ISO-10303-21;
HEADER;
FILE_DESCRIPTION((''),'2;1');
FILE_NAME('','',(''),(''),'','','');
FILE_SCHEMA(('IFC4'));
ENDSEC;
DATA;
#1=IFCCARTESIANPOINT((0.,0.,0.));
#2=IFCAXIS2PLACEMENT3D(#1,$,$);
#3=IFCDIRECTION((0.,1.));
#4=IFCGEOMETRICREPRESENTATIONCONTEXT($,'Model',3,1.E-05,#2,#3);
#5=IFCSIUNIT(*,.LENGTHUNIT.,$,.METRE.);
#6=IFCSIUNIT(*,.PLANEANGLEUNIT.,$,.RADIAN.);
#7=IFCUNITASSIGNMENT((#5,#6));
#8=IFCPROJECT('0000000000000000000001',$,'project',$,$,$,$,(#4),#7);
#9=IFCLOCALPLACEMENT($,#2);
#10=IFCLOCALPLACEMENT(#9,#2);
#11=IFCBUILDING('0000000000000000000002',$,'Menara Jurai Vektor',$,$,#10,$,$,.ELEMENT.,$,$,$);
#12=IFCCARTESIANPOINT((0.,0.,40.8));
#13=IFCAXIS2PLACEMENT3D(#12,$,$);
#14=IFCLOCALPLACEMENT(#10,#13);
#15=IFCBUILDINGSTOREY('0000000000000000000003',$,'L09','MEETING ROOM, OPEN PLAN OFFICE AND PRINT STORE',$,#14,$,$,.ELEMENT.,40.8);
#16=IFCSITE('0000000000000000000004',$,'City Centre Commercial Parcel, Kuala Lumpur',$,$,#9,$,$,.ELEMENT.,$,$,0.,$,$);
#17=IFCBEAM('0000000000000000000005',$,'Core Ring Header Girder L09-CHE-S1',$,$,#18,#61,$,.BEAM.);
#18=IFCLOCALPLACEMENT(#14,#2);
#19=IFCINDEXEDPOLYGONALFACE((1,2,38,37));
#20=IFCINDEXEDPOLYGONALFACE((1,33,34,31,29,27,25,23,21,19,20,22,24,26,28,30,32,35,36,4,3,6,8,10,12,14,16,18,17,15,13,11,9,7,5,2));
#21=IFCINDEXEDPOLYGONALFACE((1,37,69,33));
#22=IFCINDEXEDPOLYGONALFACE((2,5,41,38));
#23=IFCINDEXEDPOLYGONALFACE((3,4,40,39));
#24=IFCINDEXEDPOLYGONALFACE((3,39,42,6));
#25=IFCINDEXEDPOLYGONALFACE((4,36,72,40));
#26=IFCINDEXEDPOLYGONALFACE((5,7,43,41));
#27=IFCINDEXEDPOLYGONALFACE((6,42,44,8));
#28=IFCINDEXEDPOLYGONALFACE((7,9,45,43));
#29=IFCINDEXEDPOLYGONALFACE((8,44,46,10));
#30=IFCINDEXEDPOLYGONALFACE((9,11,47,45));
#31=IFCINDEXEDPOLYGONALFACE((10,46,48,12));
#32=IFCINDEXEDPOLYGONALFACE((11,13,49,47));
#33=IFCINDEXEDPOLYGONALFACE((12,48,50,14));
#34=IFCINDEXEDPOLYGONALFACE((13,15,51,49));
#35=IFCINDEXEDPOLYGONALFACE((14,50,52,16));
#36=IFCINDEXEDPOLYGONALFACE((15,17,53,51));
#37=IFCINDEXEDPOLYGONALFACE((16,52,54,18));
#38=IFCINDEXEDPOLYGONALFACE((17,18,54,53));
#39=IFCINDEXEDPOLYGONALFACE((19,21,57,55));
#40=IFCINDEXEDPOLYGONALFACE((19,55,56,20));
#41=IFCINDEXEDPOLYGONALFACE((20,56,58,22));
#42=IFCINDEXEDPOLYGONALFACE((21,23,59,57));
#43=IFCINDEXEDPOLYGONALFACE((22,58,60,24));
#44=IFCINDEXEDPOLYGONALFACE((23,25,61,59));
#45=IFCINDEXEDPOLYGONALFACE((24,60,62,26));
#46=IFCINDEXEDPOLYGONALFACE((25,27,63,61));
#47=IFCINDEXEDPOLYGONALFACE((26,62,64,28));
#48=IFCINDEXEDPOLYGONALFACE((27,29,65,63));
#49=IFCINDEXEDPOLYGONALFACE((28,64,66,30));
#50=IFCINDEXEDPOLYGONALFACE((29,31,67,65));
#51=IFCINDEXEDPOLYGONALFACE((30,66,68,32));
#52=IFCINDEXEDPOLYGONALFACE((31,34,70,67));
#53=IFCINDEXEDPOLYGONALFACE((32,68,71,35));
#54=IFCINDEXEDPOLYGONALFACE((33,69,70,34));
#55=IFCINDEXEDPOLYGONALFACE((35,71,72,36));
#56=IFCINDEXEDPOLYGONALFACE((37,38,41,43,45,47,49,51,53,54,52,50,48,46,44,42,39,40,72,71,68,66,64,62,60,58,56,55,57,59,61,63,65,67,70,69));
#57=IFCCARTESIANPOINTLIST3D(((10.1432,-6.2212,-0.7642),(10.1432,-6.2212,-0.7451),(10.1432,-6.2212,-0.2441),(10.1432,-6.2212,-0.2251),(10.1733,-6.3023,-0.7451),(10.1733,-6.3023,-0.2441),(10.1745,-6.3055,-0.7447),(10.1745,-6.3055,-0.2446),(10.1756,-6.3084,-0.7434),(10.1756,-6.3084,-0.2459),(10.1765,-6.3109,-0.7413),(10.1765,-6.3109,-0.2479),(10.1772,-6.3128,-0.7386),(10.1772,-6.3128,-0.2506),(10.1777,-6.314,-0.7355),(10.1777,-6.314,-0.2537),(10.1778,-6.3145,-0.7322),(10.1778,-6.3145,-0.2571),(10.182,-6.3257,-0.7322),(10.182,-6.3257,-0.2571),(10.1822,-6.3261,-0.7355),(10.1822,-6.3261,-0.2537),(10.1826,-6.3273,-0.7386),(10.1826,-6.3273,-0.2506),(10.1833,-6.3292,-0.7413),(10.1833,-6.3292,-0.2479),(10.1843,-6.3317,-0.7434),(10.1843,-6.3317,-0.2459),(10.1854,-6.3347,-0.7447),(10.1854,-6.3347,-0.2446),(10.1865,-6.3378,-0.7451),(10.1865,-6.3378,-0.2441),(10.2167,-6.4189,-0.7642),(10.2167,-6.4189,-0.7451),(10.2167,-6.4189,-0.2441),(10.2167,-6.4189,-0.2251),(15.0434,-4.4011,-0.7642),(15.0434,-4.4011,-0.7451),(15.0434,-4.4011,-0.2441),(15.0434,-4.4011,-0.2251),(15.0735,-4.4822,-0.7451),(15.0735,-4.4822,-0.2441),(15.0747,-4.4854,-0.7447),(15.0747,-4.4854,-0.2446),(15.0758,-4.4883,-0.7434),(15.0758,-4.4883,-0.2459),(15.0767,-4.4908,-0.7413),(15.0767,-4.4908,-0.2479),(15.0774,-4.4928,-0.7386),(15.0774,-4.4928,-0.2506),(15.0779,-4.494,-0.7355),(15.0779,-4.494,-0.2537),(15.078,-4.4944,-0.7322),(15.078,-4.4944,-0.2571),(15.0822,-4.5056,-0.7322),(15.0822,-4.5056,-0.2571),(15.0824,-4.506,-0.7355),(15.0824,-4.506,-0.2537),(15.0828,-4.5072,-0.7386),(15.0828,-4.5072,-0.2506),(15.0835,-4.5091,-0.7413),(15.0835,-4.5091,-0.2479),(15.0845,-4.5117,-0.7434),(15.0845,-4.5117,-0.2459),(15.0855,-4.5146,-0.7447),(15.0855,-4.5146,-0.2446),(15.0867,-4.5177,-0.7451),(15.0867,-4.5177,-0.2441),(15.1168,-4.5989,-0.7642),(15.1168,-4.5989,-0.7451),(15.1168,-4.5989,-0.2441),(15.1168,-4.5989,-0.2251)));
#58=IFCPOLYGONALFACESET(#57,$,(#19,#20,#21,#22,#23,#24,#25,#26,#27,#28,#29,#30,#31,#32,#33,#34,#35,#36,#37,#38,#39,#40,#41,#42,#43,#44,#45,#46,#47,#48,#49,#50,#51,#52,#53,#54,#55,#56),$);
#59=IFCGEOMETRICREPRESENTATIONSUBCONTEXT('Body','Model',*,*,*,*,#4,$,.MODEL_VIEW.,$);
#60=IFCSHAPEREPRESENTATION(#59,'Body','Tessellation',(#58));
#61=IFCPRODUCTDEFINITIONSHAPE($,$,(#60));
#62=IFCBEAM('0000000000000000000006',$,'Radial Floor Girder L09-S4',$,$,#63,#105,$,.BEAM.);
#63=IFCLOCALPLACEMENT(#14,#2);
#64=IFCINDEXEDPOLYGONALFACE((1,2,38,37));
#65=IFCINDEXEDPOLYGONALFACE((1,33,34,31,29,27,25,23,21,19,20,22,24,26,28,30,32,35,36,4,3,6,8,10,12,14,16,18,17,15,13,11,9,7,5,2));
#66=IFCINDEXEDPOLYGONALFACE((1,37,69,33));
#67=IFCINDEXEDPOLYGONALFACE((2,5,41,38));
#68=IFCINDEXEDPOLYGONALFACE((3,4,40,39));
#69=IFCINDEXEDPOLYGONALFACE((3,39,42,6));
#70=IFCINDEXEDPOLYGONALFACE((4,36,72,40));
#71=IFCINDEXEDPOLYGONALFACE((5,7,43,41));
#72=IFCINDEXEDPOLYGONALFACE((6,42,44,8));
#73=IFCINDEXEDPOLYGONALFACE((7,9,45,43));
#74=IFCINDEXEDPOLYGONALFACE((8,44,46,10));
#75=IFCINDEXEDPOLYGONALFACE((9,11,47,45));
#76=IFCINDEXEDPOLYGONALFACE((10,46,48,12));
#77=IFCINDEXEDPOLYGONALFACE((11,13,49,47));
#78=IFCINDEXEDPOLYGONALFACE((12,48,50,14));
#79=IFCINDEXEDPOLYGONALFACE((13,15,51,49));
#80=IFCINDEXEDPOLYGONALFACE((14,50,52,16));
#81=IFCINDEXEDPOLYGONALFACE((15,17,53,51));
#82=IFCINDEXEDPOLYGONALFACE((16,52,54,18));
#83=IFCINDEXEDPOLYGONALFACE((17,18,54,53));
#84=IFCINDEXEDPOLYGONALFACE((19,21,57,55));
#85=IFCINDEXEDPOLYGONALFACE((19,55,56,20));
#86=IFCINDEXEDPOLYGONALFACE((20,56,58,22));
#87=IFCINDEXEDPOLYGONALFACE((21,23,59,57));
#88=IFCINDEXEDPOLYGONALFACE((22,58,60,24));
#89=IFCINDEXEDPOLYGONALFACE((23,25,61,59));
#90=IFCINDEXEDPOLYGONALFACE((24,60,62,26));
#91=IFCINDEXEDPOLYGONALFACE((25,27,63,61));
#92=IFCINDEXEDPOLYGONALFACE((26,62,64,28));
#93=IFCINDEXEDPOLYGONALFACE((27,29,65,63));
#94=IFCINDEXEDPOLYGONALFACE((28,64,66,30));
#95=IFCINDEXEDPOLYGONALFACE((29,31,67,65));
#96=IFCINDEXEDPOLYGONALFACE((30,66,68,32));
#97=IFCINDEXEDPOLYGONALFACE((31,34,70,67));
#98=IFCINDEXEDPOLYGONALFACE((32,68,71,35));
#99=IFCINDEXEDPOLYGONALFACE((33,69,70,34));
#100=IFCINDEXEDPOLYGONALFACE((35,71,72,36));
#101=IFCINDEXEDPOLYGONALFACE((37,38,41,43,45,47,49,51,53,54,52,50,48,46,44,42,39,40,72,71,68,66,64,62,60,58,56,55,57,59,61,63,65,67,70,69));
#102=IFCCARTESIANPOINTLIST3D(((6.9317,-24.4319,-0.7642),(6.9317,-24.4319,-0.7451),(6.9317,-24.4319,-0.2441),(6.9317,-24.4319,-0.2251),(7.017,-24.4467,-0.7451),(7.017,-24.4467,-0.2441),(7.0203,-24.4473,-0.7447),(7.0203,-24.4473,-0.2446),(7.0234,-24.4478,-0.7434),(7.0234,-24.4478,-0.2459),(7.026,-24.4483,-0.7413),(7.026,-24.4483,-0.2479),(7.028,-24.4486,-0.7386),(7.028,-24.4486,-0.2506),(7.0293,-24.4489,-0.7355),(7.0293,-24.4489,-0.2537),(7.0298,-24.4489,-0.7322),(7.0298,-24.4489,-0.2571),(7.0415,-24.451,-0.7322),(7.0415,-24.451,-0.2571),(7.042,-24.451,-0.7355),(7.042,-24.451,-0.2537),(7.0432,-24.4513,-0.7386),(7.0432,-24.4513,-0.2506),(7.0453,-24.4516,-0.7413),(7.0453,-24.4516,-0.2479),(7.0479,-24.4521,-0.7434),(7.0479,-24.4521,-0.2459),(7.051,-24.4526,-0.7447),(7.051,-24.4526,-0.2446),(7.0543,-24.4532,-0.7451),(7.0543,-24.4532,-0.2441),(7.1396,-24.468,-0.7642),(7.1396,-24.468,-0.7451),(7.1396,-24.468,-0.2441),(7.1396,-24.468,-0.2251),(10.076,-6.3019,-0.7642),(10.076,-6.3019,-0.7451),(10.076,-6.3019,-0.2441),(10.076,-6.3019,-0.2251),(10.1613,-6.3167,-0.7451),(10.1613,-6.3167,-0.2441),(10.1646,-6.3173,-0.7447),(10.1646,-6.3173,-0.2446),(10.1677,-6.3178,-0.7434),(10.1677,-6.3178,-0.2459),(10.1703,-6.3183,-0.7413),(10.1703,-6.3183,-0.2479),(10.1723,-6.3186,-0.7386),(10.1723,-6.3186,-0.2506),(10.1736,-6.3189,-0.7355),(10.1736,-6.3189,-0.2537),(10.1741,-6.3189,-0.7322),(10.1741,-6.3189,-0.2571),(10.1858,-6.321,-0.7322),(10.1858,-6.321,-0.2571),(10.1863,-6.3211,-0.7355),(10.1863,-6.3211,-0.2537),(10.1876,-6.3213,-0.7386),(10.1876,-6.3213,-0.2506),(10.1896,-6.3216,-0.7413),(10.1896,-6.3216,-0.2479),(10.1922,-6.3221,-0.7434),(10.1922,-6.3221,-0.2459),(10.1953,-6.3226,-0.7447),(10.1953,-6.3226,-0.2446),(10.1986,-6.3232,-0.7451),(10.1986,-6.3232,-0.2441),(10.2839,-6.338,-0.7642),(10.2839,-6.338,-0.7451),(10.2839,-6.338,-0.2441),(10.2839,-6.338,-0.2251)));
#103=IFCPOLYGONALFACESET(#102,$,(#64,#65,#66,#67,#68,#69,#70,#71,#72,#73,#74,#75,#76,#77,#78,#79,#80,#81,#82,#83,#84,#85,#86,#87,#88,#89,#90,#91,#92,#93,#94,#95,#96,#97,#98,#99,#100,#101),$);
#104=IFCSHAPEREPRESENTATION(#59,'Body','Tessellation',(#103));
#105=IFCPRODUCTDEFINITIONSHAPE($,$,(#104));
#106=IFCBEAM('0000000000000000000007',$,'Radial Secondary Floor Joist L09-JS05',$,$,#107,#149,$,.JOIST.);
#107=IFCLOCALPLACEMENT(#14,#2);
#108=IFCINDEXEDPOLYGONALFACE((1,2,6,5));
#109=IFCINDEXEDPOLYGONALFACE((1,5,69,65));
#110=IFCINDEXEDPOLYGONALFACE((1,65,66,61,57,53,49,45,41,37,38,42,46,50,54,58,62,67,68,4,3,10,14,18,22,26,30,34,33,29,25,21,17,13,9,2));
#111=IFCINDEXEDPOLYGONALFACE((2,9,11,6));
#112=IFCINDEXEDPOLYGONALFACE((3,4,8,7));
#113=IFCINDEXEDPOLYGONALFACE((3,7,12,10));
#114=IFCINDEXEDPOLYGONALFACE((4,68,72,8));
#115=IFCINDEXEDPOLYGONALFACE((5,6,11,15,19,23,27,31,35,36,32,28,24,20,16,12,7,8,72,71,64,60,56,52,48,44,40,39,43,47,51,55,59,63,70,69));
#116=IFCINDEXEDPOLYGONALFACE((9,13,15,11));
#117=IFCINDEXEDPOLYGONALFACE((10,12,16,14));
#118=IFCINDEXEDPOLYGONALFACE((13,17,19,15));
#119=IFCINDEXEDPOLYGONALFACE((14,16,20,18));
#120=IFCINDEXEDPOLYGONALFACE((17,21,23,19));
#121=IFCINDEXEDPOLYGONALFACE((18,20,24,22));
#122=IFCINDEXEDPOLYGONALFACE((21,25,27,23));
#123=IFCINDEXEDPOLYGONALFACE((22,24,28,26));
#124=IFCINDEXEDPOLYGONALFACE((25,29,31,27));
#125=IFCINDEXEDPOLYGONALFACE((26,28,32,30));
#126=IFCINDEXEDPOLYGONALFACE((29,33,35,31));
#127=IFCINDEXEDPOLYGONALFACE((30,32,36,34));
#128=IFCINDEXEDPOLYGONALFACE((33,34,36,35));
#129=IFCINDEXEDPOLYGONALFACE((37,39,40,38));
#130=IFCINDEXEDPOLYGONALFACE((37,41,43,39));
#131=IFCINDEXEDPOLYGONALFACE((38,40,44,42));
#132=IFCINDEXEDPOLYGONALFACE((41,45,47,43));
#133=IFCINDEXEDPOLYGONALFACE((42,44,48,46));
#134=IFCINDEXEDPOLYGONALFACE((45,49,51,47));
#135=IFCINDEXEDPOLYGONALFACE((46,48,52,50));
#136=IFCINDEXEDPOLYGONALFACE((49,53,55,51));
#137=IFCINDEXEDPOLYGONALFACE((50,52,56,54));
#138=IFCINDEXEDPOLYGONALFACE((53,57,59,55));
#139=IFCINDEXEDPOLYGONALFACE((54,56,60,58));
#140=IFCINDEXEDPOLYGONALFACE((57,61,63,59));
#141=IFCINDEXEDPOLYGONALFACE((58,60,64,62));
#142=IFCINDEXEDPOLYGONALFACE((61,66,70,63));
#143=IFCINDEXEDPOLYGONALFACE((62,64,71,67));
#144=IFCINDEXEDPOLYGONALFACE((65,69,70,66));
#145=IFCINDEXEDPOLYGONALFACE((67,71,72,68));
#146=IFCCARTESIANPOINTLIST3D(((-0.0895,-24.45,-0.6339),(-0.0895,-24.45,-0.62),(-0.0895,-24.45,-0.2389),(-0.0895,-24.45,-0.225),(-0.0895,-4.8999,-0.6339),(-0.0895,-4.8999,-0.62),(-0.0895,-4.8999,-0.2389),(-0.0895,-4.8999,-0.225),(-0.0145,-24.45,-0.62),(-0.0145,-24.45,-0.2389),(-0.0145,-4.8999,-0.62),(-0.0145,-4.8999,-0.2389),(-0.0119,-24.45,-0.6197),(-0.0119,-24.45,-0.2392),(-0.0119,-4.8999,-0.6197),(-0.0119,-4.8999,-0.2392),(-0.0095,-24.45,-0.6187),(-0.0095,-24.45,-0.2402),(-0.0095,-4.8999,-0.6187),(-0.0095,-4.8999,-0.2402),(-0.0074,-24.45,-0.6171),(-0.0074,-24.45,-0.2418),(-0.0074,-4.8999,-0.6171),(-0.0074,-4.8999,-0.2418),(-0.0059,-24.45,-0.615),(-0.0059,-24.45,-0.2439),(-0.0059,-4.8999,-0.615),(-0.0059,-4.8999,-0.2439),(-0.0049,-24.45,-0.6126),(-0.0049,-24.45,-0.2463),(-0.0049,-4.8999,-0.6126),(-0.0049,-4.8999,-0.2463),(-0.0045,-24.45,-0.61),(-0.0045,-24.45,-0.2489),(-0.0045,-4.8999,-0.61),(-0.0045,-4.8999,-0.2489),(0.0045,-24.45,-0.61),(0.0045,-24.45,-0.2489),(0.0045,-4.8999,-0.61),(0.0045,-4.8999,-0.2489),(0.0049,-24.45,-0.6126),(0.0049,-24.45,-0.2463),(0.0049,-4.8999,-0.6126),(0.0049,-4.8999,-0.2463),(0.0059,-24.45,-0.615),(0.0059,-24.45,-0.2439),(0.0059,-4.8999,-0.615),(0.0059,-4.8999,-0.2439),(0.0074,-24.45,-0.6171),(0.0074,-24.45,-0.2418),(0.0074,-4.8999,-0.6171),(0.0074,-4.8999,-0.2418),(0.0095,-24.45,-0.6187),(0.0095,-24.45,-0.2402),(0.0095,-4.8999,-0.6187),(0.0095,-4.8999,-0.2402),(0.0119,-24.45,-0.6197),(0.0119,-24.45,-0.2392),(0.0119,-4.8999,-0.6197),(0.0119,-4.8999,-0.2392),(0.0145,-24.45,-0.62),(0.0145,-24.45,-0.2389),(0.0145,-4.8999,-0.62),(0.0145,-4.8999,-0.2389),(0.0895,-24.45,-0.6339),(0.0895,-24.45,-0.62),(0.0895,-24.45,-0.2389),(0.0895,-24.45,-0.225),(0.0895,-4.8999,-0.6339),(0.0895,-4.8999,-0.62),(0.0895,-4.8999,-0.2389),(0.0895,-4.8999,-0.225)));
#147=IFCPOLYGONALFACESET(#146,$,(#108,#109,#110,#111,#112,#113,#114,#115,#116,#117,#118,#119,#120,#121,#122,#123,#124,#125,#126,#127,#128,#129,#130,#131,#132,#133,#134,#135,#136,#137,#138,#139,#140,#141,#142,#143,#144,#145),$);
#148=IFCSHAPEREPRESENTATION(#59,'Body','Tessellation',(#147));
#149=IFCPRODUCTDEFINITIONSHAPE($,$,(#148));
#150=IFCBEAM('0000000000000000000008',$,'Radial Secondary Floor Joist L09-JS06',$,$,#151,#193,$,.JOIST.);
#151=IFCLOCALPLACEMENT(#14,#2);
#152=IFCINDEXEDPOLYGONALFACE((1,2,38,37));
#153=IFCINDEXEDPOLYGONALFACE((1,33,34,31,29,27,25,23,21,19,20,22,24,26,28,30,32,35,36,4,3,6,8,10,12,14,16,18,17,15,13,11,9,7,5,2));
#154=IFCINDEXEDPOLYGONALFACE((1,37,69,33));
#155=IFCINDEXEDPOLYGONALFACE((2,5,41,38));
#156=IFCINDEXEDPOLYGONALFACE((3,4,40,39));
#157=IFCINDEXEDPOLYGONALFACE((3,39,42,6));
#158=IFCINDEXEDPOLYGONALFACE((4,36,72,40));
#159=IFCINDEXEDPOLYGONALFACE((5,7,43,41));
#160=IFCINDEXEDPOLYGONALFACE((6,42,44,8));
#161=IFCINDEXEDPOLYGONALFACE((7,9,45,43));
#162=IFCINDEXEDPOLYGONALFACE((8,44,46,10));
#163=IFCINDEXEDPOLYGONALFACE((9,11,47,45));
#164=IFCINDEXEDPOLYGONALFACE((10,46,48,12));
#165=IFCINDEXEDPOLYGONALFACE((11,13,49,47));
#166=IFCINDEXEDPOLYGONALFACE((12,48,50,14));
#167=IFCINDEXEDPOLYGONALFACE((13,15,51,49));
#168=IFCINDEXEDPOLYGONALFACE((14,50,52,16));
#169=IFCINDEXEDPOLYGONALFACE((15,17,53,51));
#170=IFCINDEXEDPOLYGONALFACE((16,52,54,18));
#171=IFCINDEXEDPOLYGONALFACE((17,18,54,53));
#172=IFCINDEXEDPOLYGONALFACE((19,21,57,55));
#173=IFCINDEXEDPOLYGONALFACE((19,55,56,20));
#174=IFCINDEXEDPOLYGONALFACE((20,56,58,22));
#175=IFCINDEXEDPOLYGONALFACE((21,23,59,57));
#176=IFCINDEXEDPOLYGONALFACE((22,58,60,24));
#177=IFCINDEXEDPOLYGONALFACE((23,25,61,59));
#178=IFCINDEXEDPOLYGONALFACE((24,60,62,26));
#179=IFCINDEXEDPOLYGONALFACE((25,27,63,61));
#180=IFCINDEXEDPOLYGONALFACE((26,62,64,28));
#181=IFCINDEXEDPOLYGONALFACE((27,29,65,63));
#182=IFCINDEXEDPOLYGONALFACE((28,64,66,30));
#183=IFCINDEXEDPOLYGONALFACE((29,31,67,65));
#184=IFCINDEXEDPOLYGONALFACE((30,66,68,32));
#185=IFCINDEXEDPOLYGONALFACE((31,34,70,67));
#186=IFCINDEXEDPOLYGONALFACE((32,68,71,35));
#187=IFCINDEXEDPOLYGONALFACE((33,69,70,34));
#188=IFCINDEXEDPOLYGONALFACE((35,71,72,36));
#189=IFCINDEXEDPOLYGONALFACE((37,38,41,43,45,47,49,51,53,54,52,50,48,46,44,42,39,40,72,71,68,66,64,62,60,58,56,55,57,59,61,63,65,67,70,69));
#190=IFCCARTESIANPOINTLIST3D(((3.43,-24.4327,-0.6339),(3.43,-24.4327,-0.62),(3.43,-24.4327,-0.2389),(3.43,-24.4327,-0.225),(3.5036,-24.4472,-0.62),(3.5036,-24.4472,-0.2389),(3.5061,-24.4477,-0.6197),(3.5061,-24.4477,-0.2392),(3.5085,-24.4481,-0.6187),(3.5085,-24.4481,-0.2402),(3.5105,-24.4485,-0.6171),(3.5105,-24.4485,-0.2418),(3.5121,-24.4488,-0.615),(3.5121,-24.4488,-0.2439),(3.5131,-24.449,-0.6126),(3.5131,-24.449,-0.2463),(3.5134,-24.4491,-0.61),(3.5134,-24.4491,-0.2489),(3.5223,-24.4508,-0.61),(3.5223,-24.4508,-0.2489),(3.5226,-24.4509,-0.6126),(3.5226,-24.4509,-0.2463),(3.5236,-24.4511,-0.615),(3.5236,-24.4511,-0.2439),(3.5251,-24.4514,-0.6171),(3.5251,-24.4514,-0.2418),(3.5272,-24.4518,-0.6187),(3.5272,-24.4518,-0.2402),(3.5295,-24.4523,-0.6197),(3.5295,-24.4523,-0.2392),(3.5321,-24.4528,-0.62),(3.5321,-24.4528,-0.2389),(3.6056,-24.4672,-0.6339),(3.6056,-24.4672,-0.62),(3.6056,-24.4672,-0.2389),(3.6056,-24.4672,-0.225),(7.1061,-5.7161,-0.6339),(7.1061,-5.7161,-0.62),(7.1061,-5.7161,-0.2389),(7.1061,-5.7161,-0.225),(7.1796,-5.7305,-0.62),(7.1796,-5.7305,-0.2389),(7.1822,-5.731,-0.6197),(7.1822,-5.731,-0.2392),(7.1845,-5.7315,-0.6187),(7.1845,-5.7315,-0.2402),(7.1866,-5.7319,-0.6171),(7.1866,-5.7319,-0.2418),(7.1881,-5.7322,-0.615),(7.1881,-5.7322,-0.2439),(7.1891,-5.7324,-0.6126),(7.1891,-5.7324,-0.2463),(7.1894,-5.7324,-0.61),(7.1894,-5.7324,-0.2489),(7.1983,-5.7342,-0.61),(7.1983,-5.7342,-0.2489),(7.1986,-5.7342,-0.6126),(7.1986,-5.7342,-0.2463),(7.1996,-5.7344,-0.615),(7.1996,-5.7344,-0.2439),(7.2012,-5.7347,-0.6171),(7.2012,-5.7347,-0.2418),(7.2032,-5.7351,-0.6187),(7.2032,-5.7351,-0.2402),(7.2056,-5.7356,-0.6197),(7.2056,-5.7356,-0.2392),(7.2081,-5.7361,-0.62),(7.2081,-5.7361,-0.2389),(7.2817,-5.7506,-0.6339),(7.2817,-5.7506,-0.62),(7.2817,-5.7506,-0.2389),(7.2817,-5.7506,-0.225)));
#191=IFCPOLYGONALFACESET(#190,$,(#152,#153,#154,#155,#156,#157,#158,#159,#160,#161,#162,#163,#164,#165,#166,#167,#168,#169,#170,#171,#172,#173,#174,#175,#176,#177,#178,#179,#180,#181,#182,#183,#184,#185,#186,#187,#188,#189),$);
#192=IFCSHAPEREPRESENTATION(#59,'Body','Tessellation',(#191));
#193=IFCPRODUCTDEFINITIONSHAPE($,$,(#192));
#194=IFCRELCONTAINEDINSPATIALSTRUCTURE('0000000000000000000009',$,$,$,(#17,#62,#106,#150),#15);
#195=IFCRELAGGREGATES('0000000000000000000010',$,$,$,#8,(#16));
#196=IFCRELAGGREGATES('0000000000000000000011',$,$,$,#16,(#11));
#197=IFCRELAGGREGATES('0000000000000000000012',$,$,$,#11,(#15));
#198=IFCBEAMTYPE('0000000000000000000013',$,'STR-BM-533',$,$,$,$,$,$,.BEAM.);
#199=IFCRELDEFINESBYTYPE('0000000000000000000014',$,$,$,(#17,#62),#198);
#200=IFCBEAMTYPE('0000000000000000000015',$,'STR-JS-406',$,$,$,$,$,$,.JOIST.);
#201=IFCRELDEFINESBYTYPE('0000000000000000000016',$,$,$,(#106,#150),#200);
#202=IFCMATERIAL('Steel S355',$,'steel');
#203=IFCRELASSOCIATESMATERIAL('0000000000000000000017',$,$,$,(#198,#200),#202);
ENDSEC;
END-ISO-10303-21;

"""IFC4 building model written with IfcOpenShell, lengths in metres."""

from ifc_helpers import new_model, si_unit, direction, frame, origin, origin_2d, place, context, subcontext, project, spatial, i_section, extrude, material, material_profile, profile_set, type_object, element, save


model = new_model("IFC4")

# Units and contexts
model_context = context("Model", 3, precision=1e-05, world=origin(), true_north=direction((0.0, 1.0)))
body_context = subcontext(model_context, "Body", "Model", "MODEL_VIEW")
ifc_project = project(units=[si_unit("LENGTHUNIT", "METRE"), si_unit("PLANEANGLEUNIT", "RADIAN")], contexts=[model_context])

# Site, building, storey
site_placement = place(None, origin())
site = spatial("IfcSite", under=ifc_project, at=site_placement, Name="City Centre Commercial Parcel, Kuala Lumpur", CompositionType="ELEMENT", RefElevation=0.0)
building_placement = place(site_placement, origin())
building = spatial("IfcBuilding", under=site, at=building_placement, Name="Menara Jurai Vektor", CompositionType="ELEMENT")
storey_placement = place(building_placement, frame((0.0, 0.0, 40.8)))
storey = spatial("IfcBuildingStorey", under=building, at=storey_placement, Name="L09", Description="MEETING ROOM, OPEN PLAN OFFICE AND PRINT STORE", CompositionType="ELEMENT", Elevation=40.8)

# Beams
ifc_material_1 = material(Name="Steel S355", Category="steel")
ifc_material_profile_1 = material_profile(ifc_material_1, i_section(OverallWidth=0.2109, OverallDepth=0.5391, WebThickness=0.012, FlangeThickness=0.019, FilletRadius=0.0129, at=origin_2d()), Name="UKB 533x210x109")
ifc_profile_set_1 = profile_set([ifc_material_profile_1], Name="Steel S355")
beam_type_1 = type_object("IfcBeamType", Name="STR-BM-533", PredefinedType="BEAM", material=ifc_profile_set_1)
beam_1_placement = place(storey_placement, frame((10.1799, -6.3201, -0.4946), z_axis=(0.937424, 0.348189, 0.0), x_axis=(-0.348189, 0.937424, 0.0)))
element("IfcBeam", 1, at=beam_1_placement, inside=storey, type_object=beam_type_1, Name="Core Ring Header Girder L09-CHE-S1", PredefinedType="BEAM", context=body_context, shape_type="SweptSolid", body=[
    extrude(i_section(OverallWidth=0.2109, OverallDepth=0.5391, WebThickness=0.012, FlangeThickness=0.019, FilletRadius=0.0129, at=origin_2d()), origin(), (0.0, 0.0, 1.0), 5.2273),
])
beam_2_placement = place(storey_placement, frame((7.0356, -24.45, -0.4946), z_axis=(0.17088, 0.985292, 0.0), x_axis=(-0.985292, 0.17088, 0.0)))
element("IfcBeam", 2, at=beam_2_placement, inside=storey, type_object=beam_type_1, Name="Radial Floor Girder L09-S4", PredefinedType="BEAM", context=body_context, shape_type="SweptSolid", body=[
    extrude(i_section(OverallWidth=0.2109, OverallDepth=0.5391, WebThickness=0.012, FlangeThickness=0.019, FilletRadius=0.0129, at=origin_2d()), origin(), (0.0, 0.0, 1.0), 18.4006),
])
ifc_material_profile_2 = material_profile(ifc_material_1, i_section(OverallWidth=0.179, OverallDepth=0.4089, WebThickness=0.009, FlangeThickness=0.0139, FilletRadius=0.01, at=origin_2d()), Name="UKB 406x178x67")
ifc_profile_set_2 = profile_set([ifc_material_profile_2], Name="Steel S355")
beam_type_2 = type_object("IfcBeamType", Name="STR-JS-406", PredefinedType="JOIST", material=ifc_profile_set_2)
beam_3_placement = place(storey_placement, frame((0.0, -24.45, -0.4294), z_axis=(0.0, 1.0, 0.0), x_axis=(-1.0, 0.0, 0.0)))
element("IfcBeam", 3, at=beam_3_placement, inside=storey, type_object=beam_type_2, Name="Radial Secondary Floor Joist L09-JS05", PredefinedType="JOIST", context=body_context, shape_type="SweptSolid", body=[
    extrude(i_section(OverallWidth=0.179, OverallDepth=0.4089, WebThickness=0.009, FlangeThickness=0.0139, FilletRadius=0.01, at=origin_2d()), origin(), (0.0, 0.0, 1.0), 19.55),
])
beam_4_placement = place(storey_placement, frame((3.5178, -24.45, -0.4294), z_axis=(0.192723, 0.981253, 0.0), x_axis=(-0.981253, 0.192723, 0.0)))
element("IfcBeam", 4, at=beam_4_placement, inside=storey, type_object=beam_type_2, Name="Radial Secondary Floor Joist L09-JS06", PredefinedType="JOIST", context=body_context, shape_type="SweptSolid", body=[
    extrude(i_section(OverallWidth=0.179, OverallDepth=0.4089, WebThickness=0.009, FlangeThickness=0.0139, FilletRadius=0.01, at=origin_2d()), origin(), (0.0, 0.0, 1.0), 19.0742),
])

save(model, "model.ifc")
